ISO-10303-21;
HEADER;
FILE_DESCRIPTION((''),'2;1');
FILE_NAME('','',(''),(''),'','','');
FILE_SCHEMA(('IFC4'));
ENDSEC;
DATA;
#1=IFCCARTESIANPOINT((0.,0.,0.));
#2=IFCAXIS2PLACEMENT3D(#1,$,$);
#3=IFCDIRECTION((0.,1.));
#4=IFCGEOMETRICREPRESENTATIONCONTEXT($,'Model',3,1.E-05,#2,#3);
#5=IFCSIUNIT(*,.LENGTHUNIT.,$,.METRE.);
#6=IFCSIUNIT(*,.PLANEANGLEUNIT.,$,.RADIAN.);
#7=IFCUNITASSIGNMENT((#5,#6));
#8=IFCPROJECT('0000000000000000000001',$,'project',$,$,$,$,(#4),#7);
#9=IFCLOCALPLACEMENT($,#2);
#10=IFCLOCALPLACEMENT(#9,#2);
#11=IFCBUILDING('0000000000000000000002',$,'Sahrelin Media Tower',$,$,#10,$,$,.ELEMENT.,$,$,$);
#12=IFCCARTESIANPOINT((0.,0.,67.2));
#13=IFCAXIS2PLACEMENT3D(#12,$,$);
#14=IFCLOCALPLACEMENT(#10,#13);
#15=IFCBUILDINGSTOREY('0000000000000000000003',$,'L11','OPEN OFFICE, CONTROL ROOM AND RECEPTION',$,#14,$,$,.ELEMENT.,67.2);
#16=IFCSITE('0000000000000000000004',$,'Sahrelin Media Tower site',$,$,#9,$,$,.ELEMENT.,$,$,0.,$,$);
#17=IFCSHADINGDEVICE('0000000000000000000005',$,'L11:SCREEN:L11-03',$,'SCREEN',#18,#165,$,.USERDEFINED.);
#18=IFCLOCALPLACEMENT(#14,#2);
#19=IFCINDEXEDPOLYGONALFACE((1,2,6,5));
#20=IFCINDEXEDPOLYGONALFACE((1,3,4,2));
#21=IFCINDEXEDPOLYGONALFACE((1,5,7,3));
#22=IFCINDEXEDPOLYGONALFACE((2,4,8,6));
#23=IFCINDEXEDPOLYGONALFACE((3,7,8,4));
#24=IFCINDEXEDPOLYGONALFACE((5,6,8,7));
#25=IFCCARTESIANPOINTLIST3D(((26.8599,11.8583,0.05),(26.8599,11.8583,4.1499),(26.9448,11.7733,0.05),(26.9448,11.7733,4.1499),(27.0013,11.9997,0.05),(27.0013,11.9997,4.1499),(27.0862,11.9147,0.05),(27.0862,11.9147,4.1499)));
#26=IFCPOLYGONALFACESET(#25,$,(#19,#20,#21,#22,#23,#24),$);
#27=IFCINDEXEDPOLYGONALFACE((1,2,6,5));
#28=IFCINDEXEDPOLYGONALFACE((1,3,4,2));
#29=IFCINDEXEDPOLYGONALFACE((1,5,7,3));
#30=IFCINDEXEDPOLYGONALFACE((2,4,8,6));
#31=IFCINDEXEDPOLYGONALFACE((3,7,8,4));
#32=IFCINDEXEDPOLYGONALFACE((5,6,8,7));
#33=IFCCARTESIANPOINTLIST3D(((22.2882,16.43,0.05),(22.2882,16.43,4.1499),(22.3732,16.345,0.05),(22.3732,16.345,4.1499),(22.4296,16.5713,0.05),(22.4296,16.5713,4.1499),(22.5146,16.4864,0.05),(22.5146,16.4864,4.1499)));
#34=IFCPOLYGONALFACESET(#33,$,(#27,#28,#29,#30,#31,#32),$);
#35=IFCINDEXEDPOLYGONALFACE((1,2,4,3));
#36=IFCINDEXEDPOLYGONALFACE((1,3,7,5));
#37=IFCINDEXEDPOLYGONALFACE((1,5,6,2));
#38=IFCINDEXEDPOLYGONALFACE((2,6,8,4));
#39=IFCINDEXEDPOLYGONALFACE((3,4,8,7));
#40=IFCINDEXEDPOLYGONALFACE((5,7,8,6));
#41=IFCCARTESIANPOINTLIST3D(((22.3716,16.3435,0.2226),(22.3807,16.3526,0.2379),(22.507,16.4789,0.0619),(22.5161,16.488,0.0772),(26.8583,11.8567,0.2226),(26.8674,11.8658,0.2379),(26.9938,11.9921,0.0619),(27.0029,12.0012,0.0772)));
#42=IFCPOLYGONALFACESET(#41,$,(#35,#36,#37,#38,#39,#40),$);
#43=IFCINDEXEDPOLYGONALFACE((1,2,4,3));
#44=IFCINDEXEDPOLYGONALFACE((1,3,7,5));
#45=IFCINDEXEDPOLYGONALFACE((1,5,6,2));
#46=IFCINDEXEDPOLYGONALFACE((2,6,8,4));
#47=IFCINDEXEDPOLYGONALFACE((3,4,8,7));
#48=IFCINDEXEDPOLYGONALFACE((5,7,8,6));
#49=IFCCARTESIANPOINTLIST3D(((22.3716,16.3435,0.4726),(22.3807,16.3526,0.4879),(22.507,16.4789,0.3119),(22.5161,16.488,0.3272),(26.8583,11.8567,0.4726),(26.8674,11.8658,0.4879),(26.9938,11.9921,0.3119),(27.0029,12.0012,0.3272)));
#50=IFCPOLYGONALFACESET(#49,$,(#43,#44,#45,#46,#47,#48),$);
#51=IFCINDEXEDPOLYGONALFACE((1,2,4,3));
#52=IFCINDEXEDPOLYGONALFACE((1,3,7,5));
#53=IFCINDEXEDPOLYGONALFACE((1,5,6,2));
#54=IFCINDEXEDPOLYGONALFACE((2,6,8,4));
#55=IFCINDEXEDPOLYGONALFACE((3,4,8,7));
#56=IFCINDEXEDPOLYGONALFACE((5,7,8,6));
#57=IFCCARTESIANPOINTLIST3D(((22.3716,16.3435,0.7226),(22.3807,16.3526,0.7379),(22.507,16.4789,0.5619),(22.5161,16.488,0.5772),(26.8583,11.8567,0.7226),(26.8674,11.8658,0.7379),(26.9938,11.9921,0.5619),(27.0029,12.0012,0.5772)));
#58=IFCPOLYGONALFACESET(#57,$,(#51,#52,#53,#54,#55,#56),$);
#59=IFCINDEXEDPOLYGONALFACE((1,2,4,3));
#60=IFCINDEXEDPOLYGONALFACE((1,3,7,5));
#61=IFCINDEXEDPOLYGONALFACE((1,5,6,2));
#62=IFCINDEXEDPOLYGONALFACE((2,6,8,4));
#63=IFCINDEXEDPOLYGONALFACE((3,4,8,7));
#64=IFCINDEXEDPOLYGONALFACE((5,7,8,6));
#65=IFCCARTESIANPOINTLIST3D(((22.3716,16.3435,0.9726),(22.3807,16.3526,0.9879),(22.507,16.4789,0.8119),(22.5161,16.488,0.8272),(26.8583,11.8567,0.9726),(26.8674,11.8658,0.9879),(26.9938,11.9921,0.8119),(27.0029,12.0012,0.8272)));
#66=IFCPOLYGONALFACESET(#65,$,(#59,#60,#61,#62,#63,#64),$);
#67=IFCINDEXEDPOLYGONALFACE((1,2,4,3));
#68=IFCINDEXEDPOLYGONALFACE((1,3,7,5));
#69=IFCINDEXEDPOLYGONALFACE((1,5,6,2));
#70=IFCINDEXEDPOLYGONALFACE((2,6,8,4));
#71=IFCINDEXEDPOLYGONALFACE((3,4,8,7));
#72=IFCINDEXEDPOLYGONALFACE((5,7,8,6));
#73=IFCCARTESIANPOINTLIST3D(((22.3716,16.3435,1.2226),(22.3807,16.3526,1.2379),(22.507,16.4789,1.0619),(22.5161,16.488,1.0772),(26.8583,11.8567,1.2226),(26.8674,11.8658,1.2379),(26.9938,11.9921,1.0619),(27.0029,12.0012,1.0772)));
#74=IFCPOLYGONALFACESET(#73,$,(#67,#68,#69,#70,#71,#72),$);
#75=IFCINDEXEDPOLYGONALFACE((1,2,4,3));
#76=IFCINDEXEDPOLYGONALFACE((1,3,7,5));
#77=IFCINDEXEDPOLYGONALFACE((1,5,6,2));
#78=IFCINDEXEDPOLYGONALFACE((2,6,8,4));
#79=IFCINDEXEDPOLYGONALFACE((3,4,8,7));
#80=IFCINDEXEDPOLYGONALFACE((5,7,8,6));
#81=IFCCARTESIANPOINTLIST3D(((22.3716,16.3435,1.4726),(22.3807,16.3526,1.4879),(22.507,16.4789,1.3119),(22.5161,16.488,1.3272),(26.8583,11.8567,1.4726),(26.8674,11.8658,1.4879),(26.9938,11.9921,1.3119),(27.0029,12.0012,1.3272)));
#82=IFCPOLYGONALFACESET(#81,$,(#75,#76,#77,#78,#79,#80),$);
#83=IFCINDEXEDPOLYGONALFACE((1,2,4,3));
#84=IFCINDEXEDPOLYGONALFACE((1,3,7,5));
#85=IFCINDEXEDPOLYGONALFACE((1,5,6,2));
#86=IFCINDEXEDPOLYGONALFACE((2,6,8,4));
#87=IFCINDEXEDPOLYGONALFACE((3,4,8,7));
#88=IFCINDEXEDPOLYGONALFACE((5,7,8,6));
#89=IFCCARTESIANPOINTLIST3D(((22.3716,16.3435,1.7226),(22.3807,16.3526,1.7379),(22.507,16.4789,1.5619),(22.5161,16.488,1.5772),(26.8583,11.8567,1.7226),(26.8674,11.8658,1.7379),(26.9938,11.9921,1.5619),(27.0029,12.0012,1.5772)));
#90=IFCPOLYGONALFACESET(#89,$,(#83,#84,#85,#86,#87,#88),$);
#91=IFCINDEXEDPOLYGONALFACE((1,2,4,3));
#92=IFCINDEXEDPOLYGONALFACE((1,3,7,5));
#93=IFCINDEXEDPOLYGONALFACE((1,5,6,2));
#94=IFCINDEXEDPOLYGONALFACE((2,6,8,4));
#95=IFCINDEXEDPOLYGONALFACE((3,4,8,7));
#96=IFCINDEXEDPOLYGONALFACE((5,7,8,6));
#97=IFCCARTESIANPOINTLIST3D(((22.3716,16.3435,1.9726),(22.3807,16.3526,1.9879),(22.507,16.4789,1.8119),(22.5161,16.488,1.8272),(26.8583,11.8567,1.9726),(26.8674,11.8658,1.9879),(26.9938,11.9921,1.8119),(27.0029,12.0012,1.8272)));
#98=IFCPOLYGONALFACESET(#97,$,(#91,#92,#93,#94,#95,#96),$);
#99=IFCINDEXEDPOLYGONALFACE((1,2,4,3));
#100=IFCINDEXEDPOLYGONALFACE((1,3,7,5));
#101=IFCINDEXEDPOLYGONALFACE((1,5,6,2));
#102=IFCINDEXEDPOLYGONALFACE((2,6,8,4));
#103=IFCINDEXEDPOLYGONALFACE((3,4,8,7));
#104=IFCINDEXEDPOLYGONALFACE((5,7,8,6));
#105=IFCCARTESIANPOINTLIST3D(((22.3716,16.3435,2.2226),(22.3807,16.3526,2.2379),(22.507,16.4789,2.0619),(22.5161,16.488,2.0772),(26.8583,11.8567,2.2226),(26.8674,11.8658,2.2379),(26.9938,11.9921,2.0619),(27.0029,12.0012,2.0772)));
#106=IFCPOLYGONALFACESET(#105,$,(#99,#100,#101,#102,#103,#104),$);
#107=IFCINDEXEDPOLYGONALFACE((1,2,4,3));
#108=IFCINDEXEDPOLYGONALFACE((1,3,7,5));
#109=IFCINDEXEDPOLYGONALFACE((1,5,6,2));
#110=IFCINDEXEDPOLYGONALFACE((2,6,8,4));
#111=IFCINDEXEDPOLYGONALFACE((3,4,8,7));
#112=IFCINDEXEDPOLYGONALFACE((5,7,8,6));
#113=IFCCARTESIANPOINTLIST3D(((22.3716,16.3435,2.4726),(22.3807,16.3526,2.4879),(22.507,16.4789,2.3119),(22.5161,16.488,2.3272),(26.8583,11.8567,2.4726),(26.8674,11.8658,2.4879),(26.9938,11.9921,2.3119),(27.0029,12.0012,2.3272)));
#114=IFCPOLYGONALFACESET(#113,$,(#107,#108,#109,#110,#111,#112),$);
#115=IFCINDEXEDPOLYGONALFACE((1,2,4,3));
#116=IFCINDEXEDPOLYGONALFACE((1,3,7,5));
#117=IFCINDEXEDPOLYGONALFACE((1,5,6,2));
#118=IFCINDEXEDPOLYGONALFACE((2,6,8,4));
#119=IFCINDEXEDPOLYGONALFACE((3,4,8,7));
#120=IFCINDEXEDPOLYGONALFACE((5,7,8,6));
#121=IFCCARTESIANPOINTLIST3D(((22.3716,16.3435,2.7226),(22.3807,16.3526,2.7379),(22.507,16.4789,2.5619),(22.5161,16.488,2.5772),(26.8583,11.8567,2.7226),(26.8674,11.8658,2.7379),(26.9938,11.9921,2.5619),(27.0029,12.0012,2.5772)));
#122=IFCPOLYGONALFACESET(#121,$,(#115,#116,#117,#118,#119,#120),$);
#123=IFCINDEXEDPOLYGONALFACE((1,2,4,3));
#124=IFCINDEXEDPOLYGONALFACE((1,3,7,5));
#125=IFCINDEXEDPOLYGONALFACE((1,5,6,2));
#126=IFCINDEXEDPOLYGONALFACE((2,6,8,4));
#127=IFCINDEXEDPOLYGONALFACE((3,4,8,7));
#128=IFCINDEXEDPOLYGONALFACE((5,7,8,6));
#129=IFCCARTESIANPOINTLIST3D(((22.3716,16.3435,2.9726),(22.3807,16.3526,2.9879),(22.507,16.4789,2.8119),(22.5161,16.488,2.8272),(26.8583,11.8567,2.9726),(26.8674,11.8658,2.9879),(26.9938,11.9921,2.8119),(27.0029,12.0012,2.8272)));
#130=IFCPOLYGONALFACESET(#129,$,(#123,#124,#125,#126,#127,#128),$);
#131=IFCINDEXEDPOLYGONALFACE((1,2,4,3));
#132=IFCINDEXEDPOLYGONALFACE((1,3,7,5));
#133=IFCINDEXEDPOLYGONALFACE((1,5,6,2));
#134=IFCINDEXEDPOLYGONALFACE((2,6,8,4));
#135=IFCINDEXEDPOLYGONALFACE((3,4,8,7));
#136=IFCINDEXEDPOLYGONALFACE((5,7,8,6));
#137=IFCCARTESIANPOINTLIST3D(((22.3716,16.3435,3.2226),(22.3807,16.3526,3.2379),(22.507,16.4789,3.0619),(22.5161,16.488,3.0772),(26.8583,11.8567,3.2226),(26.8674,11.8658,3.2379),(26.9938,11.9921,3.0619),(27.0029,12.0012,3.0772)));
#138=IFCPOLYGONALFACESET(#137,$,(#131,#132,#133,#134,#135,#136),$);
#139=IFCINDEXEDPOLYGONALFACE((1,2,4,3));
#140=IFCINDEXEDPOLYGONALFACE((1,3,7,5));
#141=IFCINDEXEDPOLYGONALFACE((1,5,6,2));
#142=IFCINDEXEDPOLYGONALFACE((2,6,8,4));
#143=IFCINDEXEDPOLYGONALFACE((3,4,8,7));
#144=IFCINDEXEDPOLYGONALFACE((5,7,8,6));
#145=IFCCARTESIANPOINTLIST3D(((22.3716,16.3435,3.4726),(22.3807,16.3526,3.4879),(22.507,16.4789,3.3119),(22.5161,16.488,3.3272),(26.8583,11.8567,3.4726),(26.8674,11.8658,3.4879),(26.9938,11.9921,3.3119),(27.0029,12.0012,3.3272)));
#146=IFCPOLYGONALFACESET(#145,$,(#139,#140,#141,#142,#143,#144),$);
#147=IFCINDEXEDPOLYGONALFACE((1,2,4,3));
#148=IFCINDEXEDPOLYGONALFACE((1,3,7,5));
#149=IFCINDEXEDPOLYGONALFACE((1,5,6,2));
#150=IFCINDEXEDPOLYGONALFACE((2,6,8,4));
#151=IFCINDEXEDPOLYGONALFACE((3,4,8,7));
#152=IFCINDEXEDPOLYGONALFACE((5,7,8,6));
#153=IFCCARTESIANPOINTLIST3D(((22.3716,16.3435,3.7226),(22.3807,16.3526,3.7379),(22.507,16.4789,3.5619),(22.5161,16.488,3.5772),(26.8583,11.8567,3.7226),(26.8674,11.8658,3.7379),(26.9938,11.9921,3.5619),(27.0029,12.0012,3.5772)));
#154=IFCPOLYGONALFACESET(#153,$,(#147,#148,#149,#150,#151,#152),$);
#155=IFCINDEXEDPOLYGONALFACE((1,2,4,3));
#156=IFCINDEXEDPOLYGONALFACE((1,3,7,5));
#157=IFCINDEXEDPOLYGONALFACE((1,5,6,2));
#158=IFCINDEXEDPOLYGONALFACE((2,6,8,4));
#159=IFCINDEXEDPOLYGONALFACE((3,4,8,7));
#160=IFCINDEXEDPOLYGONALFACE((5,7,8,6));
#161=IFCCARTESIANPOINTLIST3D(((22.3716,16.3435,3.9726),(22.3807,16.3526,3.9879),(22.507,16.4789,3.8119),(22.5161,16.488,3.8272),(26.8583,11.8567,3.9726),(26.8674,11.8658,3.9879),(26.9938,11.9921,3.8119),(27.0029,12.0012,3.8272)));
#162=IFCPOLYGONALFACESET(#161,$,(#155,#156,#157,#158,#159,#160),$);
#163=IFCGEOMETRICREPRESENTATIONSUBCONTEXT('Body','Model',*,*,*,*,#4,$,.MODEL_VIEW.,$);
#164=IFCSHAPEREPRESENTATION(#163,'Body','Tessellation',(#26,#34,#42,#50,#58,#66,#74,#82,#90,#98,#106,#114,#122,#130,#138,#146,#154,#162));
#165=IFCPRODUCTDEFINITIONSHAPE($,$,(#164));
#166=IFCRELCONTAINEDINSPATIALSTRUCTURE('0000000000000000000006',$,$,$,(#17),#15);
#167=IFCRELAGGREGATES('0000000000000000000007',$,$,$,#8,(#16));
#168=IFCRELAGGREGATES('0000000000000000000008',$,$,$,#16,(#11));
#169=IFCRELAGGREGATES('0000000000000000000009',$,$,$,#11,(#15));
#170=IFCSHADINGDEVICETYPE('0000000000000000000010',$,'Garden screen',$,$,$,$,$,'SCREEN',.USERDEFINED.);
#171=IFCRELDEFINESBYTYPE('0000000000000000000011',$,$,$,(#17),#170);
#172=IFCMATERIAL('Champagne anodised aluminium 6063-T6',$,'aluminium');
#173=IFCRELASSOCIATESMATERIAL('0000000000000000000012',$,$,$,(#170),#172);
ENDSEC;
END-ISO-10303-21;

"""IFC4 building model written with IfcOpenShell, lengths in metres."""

from ifc_helpers import new_model, si_unit, direction, frame, origin, origin_2d, place, context, subcontext, project, spatial, rectangle, extrude, material, type_object, element, save


model = new_model("IFC4")

# Units and contexts
model_context = context("Model", 3, precision=1e-05, world=origin(), true_north=direction((0.0, 1.0)))
body_context = subcontext(model_context, "Body", "Model", "MODEL_VIEW")
ifc_project = project(units=[si_unit("LENGTHUNIT", "METRE"), si_unit("PLANEANGLEUNIT", "RADIAN")], contexts=[model_context])

# Site, building, storey
site_placement = place(None, origin())
site = spatial("IfcSite", under=ifc_project, at=site_placement, Name="Sahrelin Media Tower site", CompositionType="ELEMENT", RefElevation=0.0)
building_placement = place(site_placement, origin())
building = spatial("IfcBuilding", under=site, at=building_placement, Name="Sahrelin Media Tower", CompositionType="ELEMENT")
storey_placement = place(building_placement, frame((0.0, 0.0, 67.2)))
storey = spatial("IfcBuildingStorey", under=building, at=storey_placement, Name="L11", Description="OPEN OFFICE, CONTROL ROOM AND RECEPTION", CompositionType="ELEMENT", Elevation=67.2)

# Shared definitions
ifc_material_1 = material(Name="Champagne anodised aluminium 6063-T6", Category="aluminium")

# Shading device
shading_device_type_1 = type_object("IfcShadingDeviceType", Name="Garden screen", ElementType="SCREEN", PredefinedType="USERDEFINED", material=ifc_material_1)
shading_device_1_placement = place(storey_placement, frame((24.6165, 14.1016, 0.0), z_axis=(0.0, 0.0, 1.0), x_axis=(0.707107, -0.707107, 0.0)))
element("IfcShadingDevice", 1, at=shading_device_1_placement, inside=storey, type_object=shading_device_type_1, Name="L11:SCREEN:L11-03", ObjectType="SCREEN", PredefinedType="USERDEFINED", context=body_context, shape_type="SweptSolid", body=[
    extrude(rectangle(XDim=0.1201, YDim=0.2, at=origin_2d()), frame((3.2327, 0.1001, 0.05), z_axis=(0.0, 0.0, 1.0), x_axis=(1.0, 0.0, 0.0)), (0.0, 0.0, 1.0), 4.0999),
    extrude(rectangle(XDim=0.1201, YDim=0.2, at=origin_2d()), frame((-3.2327, 0.1001, 0.05), z_axis=(0.0, 0.0, 1.0), x_axis=(1.0, 0.0, 0.0)), (0.0, 0.0, 1.0), 4.0999),
    extrude(rectangle(XDim=0.25, YDim=0.02, at=origin_2d()), frame((3.1726, 0.1001, 0.1499), z_axis=(-1.0, 0.0, 0.0), x_axis=(0.0, -0.766044, 0.642788)), (0.0, 0.0, 1.0), 6.3452),
    extrude(rectangle(XDim=0.25, YDim=0.02, at=origin_2d()), frame((3.1726, 0.1001, 0.3999), z_axis=(-1.0, 0.0, 0.0), x_axis=(0.0, -0.766044, 0.642788)), (0.0, 0.0, 1.0), 6.3452),
    extrude(rectangle(XDim=0.25, YDim=0.02, at=origin_2d()), frame((3.1726, 0.1001, 0.6499), z_axis=(-1.0, 0.0, 0.0), x_axis=(0.0, -0.766044, 0.642788)), (0.0, 0.0, 1.0), 6.3452),
    extrude(rectangle(XDim=0.25, YDim=0.02, at=origin_2d()), frame((3.1726, 0.1001, 0.8999), z_axis=(-1.0, 0.0, 0.0), x_axis=(0.0, -0.766044, 0.642788)), (0.0, 0.0, 1.0), 6.3452),
    extrude(rectangle(XDim=0.25, YDim=0.02, at=origin_2d()), frame((3.1726, 0.1001, 1.1499), z_axis=(-1.0, 0.0, 0.0), x_axis=(0.0, -0.766044, 0.642788)), (0.0, 0.0, 1.0), 6.3452),
    extrude(rectangle(XDim=0.25, YDim=0.02, at=origin_2d()), frame((3.1726, 0.1001, 1.3999), z_axis=(-1.0, 0.0, 0.0), x_axis=(0.0, -0.766044, 0.642788)), (0.0, 0.0, 1.0), 6.3452),
    extrude(rectangle(XDim=0.25, YDim=0.02, at=origin_2d()), frame((3.1726, 0.1001, 1.6499), z_axis=(-1.0, 0.0, 0.0), x_axis=(0.0, -0.766044, 0.642788)), (0.0, 0.0, 1.0), 6.3452),
    extrude(rectangle(XDim=0.25, YDim=0.02, at=origin_2d()), frame((3.1726, 0.1001, 1.8999), z_axis=(-1.0, 0.0, 0.0), x_axis=(0.0, -0.766044, 0.642788)), (0.0, 0.0, 1.0), 6.3452),
    extrude(rectangle(XDim=0.25, YDim=0.02, at=origin_2d()), frame((3.1726, 0.1001, 2.1499), z_axis=(-1.0, 0.0, 0.0), x_axis=(0.0, -0.766044, 0.642788)), (0.0, 0.0, 1.0), 6.3452),
    extrude(rectangle(XDim=0.25, YDim=0.02, at=origin_2d()), frame((3.1726, 0.1001, 2.3999), z_axis=(-1.0, 0.0, 0.0), x_axis=(0.0, -0.766044, 0.642788)), (0.0, 0.0, 1.0), 6.3452),
    extrude(rectangle(XDim=0.25, YDim=0.02, at=origin_2d()), frame((3.1726, 0.1001, 2.6499), z_axis=(-1.0, 0.0, 0.0), x_axis=(0.0, -0.766044, 0.642788)), (0.0, 0.0, 1.0), 6.3452),
    extrude(rectangle(XDim=0.25, YDim=0.02, at=origin_2d()), frame((3.1726, 0.1001, 2.8999), z_axis=(-1.0, 0.0, 0.0), x_axis=(0.0, -0.766044, 0.642788)), (0.0, 0.0, 1.0), 6.3452),
    extrude(rectangle(XDim=0.25, YDim=0.02, at=origin_2d()), frame((3.1726, 0.1001, 3.1499), z_axis=(-1.0, 0.0, 0.0), x_axis=(0.0, -0.766044, 0.642788)), (0.0, 0.0, 1.0), 6.3452),
    extrude(rectangle(XDim=0.25, YDim=0.02, at=origin_2d()), frame((3.1726, 0.1001, 3.3999), z_axis=(-1.0, 0.0, 0.0), x_axis=(0.0, -0.766044, 0.642788)), (0.0, 0.0, 1.0), 6.3452),
    extrude(rectangle(XDim=0.25, YDim=0.02, at=origin_2d()), frame((3.1726, 0.1001, 3.6499), z_axis=(-1.0, 0.0, 0.0), x_axis=(0.0, -0.766044, 0.642788)), (0.0, 0.0, 1.0), 6.3452),
    extrude(rectangle(XDim=0.25, YDim=0.02, at=origin_2d()), frame((3.1726, 0.1001, 3.8999), z_axis=(-1.0, 0.0, 0.0), x_axis=(0.0, -0.766044, 0.642788)), (0.0, 0.0, 1.0), 6.3452),
])

save(model, "model.ifc")
